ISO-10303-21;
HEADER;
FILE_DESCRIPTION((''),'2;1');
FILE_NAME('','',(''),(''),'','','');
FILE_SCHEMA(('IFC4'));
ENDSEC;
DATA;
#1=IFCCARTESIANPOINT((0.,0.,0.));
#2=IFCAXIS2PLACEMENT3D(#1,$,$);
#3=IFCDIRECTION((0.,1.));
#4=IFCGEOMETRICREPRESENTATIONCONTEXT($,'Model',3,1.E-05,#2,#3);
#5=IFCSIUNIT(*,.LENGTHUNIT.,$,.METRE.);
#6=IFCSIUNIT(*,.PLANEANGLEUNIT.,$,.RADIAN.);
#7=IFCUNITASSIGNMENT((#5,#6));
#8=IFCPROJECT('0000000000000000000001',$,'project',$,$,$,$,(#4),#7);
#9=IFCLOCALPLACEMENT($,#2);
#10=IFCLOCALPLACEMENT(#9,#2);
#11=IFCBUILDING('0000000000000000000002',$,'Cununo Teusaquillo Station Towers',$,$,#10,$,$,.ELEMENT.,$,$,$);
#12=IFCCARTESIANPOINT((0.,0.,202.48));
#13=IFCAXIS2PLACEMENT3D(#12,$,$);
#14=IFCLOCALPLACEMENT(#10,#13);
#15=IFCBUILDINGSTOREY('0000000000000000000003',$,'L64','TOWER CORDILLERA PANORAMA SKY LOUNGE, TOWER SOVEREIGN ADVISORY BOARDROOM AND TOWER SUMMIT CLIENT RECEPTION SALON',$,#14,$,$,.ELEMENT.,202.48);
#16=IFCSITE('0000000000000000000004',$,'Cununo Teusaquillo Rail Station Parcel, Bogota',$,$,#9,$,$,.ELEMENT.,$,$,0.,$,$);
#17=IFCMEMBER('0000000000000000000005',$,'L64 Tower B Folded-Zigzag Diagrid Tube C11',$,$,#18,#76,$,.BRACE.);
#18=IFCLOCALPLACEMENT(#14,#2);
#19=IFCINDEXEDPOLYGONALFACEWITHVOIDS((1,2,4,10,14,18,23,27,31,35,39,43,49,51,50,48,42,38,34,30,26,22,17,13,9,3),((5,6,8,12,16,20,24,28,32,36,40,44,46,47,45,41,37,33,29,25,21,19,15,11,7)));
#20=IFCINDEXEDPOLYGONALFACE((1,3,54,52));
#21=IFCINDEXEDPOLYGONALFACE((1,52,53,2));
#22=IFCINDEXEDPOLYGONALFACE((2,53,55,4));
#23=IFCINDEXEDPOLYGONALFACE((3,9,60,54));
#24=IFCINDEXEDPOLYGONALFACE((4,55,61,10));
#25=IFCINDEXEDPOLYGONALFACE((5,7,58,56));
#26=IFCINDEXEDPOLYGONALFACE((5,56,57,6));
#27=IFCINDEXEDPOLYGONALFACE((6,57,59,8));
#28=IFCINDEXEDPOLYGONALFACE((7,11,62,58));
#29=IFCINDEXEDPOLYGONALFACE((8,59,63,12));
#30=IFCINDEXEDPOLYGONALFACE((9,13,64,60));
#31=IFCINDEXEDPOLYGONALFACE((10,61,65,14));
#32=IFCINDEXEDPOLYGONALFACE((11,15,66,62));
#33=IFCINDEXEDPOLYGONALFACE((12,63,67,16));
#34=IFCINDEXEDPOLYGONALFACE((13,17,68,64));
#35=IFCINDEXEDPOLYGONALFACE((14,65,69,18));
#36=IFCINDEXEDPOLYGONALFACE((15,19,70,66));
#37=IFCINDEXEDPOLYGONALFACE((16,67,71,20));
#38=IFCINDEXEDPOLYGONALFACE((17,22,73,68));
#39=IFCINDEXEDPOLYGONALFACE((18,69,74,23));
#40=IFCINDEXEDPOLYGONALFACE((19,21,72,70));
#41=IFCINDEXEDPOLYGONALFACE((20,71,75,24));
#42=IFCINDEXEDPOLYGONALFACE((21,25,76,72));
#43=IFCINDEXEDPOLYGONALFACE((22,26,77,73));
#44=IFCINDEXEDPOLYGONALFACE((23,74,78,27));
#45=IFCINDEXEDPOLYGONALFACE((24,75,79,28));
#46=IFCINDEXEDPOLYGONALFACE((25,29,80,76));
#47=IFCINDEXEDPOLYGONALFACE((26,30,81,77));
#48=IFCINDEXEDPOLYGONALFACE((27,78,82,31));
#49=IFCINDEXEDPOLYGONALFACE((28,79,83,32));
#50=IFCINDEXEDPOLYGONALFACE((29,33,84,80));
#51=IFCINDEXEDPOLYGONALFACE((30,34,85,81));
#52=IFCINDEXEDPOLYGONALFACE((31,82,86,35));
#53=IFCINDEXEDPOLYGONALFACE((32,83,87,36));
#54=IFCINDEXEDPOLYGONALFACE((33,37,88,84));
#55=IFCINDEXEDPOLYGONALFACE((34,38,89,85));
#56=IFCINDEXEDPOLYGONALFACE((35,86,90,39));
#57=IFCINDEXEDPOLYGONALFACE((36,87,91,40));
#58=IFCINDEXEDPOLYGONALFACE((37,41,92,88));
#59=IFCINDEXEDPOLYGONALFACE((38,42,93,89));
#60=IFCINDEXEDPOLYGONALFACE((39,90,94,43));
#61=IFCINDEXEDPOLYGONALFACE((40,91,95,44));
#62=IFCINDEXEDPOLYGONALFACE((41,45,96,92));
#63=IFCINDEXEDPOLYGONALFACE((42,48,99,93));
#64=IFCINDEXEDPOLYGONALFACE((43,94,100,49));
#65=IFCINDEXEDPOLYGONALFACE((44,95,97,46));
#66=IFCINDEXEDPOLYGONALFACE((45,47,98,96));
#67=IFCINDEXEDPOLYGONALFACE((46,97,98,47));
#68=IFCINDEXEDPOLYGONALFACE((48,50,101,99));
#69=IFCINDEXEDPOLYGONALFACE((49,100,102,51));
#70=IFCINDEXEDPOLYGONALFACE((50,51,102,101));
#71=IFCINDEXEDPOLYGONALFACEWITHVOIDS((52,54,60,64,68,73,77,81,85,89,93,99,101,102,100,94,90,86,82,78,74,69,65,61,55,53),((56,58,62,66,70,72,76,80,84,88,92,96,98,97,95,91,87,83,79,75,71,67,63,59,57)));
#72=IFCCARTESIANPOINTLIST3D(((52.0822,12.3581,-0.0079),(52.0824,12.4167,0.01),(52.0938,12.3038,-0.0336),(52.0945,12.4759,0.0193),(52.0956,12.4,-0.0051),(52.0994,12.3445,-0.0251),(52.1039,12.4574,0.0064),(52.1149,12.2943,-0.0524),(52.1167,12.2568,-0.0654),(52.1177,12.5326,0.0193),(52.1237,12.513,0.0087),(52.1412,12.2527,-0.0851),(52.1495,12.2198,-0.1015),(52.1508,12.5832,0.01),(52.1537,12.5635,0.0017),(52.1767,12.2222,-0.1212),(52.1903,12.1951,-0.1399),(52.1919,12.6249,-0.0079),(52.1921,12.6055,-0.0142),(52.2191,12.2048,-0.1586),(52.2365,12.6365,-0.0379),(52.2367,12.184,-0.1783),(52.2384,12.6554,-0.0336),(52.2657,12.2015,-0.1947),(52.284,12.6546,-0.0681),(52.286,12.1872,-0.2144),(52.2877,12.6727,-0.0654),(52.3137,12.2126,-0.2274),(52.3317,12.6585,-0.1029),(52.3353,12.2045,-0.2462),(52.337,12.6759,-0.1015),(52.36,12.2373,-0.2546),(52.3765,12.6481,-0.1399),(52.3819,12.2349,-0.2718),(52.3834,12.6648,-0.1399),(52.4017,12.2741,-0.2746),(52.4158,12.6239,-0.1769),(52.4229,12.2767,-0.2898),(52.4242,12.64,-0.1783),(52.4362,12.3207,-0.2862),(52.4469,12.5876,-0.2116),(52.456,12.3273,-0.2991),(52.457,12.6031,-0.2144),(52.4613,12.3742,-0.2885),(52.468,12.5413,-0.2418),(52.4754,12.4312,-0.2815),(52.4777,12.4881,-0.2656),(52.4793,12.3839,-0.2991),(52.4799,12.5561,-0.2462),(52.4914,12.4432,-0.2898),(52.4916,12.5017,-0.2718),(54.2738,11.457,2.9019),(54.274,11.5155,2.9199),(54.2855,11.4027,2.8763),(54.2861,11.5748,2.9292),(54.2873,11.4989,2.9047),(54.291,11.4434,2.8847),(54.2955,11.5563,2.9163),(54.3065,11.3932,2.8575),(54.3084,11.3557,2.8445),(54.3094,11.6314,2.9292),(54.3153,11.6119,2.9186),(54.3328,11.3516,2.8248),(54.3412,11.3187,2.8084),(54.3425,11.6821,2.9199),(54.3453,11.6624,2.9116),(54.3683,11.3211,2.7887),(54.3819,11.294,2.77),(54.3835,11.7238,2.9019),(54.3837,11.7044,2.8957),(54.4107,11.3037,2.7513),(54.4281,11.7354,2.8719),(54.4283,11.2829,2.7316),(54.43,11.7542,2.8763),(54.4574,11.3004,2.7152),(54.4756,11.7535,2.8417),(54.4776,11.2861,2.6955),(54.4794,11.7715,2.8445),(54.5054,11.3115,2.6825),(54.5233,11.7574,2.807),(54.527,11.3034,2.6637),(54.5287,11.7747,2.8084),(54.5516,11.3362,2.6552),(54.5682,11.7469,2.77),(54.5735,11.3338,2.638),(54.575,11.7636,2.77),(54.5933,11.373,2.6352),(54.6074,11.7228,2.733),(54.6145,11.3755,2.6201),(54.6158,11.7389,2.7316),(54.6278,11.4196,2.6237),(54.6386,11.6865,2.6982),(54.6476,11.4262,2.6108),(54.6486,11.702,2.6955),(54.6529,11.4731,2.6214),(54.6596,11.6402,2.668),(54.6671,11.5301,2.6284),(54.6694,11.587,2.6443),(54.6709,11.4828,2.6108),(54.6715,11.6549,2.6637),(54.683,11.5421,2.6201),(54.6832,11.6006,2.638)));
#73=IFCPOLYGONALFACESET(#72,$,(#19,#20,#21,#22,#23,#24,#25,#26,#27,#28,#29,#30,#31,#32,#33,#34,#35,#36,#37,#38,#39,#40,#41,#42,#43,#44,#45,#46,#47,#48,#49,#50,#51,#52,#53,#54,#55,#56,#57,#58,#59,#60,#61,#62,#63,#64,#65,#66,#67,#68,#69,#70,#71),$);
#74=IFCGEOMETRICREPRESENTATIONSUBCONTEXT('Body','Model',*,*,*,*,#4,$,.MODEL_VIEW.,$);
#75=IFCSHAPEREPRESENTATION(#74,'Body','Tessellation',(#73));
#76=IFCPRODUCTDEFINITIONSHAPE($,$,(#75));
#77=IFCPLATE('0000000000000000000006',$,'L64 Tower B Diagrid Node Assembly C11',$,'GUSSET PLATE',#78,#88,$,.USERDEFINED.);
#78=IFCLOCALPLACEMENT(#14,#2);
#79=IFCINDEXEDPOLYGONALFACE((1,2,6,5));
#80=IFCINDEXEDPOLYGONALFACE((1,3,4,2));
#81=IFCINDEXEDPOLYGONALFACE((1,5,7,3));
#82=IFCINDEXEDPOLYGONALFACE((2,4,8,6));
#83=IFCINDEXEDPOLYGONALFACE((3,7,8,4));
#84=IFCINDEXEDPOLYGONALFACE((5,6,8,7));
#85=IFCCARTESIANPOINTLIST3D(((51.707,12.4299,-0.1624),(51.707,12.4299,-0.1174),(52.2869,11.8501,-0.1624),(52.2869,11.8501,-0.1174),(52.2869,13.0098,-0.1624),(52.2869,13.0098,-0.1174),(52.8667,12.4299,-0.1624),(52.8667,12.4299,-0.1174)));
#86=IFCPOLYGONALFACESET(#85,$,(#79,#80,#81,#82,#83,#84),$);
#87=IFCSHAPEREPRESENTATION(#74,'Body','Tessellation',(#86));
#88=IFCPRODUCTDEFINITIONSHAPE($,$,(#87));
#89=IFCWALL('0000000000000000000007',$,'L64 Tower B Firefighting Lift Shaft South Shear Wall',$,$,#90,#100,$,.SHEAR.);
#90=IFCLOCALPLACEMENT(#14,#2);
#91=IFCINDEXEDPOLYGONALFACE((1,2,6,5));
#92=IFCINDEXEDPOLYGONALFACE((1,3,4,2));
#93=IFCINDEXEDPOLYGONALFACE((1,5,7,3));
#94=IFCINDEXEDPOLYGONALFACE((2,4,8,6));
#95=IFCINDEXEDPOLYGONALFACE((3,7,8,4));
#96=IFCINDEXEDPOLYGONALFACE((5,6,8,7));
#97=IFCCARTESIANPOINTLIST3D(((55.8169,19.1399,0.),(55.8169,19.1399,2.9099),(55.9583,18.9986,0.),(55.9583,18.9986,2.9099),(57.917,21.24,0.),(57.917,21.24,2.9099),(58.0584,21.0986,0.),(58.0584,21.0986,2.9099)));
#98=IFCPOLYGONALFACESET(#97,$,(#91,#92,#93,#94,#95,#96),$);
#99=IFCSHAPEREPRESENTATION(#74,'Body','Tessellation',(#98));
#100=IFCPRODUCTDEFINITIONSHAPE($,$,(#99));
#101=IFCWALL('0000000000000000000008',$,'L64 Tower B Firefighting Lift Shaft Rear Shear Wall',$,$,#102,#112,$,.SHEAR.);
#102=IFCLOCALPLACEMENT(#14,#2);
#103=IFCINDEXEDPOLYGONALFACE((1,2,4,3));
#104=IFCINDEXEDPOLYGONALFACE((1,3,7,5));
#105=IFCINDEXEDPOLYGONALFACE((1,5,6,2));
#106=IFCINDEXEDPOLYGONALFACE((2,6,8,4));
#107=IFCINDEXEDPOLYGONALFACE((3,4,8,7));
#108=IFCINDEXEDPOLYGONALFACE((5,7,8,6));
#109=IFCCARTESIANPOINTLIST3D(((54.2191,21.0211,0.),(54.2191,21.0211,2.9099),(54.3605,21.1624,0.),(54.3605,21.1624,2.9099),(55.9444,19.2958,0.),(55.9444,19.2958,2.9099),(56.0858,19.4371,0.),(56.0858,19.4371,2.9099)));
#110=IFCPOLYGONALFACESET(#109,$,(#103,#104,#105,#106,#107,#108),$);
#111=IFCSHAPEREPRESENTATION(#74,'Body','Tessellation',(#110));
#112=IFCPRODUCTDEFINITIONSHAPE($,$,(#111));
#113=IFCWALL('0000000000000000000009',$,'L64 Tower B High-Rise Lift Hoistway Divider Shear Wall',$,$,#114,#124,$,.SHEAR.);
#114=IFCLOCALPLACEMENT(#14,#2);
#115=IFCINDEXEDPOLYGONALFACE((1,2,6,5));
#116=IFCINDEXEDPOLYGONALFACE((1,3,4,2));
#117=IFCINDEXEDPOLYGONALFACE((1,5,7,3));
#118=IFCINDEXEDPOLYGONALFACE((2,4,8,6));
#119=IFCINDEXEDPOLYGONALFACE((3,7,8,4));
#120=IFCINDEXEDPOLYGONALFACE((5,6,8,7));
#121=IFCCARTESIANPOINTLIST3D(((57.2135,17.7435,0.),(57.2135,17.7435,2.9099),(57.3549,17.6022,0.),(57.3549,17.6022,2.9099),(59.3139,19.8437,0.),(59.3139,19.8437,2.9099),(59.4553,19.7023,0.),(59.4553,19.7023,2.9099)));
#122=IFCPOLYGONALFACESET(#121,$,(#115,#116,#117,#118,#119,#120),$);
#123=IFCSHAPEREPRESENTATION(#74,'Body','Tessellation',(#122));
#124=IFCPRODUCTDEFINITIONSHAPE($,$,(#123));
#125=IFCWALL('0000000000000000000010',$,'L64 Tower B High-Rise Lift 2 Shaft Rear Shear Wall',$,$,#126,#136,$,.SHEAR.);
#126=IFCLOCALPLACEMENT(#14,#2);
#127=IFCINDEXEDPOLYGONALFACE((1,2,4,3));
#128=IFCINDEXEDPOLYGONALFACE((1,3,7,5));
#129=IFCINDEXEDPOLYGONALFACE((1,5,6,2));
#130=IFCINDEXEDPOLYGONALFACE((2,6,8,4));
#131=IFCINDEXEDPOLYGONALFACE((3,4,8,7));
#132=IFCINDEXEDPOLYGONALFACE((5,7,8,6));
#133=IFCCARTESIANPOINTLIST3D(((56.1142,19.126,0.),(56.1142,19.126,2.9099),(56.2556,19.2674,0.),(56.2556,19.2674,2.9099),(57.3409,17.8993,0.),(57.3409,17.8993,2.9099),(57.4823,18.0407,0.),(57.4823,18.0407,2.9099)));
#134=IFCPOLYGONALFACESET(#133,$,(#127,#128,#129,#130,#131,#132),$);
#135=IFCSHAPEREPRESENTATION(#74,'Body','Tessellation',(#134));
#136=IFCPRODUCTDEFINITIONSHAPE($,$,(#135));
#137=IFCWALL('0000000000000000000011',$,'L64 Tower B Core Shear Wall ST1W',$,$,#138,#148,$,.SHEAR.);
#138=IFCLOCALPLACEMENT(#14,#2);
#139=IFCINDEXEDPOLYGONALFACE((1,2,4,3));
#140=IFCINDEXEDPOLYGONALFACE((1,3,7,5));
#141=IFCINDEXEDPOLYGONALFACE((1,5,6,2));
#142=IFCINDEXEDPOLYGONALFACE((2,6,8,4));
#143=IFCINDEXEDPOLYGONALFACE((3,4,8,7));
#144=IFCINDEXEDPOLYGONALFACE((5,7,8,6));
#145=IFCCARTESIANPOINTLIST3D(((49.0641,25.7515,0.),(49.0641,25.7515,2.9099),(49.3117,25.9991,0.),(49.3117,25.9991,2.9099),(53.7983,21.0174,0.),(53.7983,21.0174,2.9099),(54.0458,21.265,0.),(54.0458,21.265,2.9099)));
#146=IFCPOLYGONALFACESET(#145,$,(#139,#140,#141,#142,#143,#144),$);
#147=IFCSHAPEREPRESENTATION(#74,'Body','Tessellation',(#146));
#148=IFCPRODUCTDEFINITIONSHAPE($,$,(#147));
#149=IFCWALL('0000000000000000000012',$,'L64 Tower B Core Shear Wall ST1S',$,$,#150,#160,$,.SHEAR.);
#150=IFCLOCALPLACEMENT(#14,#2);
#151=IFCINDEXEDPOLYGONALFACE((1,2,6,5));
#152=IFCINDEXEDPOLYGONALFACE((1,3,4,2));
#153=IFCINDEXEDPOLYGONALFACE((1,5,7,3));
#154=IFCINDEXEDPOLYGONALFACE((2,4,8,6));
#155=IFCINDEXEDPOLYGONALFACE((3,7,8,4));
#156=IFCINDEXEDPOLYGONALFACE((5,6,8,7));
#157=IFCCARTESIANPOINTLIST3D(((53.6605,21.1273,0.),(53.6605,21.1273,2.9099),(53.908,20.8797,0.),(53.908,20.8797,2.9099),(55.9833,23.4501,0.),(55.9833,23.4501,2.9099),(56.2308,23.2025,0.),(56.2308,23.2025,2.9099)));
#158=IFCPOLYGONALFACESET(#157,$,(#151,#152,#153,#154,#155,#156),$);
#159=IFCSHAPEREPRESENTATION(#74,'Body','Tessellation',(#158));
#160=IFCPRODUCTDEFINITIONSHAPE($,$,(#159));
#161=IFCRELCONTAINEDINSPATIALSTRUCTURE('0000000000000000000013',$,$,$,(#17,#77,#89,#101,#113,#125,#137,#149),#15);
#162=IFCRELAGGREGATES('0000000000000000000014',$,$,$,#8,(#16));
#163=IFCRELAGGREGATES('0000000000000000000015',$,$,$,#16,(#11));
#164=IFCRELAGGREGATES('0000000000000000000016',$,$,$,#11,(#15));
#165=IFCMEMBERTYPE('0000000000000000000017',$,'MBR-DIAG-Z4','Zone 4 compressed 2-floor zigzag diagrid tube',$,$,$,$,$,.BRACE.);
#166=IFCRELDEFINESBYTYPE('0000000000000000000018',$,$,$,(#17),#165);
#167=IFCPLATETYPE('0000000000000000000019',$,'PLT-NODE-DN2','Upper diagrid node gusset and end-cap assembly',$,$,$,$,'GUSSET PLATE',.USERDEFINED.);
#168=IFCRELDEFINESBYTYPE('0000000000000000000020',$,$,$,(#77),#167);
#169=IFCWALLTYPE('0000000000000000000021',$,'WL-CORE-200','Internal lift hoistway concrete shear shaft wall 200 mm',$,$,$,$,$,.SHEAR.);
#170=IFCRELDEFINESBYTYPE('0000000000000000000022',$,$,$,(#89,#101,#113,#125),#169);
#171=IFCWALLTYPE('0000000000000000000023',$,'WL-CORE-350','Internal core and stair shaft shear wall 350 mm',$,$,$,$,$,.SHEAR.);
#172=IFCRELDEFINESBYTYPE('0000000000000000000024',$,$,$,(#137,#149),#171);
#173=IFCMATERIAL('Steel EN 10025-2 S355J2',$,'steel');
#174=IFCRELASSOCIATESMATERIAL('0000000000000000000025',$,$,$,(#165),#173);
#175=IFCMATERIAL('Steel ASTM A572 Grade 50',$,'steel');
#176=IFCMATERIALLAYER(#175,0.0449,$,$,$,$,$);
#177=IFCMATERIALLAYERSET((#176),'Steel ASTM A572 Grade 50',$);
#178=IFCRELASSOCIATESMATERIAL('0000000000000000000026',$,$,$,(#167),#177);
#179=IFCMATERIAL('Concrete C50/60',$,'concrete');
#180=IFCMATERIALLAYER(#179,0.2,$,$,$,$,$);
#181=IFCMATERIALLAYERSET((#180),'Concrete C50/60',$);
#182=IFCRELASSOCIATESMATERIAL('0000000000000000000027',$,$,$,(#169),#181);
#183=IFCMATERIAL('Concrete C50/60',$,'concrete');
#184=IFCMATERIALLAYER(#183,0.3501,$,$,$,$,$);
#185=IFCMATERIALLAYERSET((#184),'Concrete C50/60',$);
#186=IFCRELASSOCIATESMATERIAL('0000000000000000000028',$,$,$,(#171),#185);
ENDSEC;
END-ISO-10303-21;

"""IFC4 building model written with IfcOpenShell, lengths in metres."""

from ifc_helpers import new_model, si_unit, direction, frame, frame_2d, origin, origin_2d, place, context, subcontext, project, spatial, rectangle, hollow_circle, extrude, source, transform, mapped, material, layer, layer_set, material_profile, profile_set, type_object, element, save


model = new_model("IFC4")

# Units and contexts
model_context = context("Model", 3, precision=1e-05, world=origin(), true_north=direction((0.0, 1.0)))
body_context = subcontext(model_context, "Body", "Model", "MODEL_VIEW")
ifc_project = project(units=[si_unit("LENGTHUNIT", "METRE"), si_unit("PLANEANGLEUNIT", "RADIAN")], contexts=[model_context])

# Site, building, storey
site_placement = place(None, origin())
site = spatial("IfcSite", under=ifc_project, at=site_placement, Name="Cununo Teusaquillo Rail Station Parcel, Bogota", CompositionType="ELEMENT", RefElevation=0.0)
building_placement = place(site_placement, origin())
building = spatial("IfcBuilding", under=site, at=building_placement, Name="Cununo Teusaquillo Station Towers", CompositionType="ELEMENT")
storey_placement = place(building_placement, frame((0.0, 0.0, 202.48)))
storey = spatial("IfcBuildingStorey", under=building, at=storey_placement, Name="L64", Description="TOWER CORDILLERA PANORAMA SKY LOUNGE, TOWER SOVEREIGN ADVISORY BOARDROOM AND TOWER SUMMIT CLIENT RECEPTION SALON", CompositionType="ELEMENT", Elevation=202.48)

# Member
ifc_material_1 = material(Name="Steel EN 10025-2 S355J2", Category="steel")
ifc_material_profile_1 = material_profile(ifc_material_1, hollow_circle(Radius=0.2539, WallThickness=0.0181, at=origin_2d()), Name="CHS 508x18")
ifc_profile_set_1 = profile_set([ifc_material_profile_1], Name="Steel EN 10025-2 S355J2")
member_type = type_object("IfcMemberType", Name="MBR-DIAG-Z4", Description="Zone 4 compressed 2-floor zigzag diagrid tube", PredefinedType="BRACE", material=ifc_profile_set_1)
member_placement = place(storey_placement, frame((52.2869, 12.4299, -0.1399), z_axis=(0.584016, -0.240125, 0.775413), x_axis=(0.380273, 0.924874, 0.0)))
element("IfcMember", 1, at=member_placement, inside=storey, type_object=member_type, Name="L64 Tower B Folded-Zigzag Diagrid Tube C11", PredefinedType="BRACE", context=body_context, shape_type="SweptSolid", body=[
    extrude(hollow_circle(Radius=0.2539, WallThickness=0.0181, at=origin_2d()), origin(), (0.0, 0.0, 1.0), 3.7527),
])

# Plate
ifc_material_2 = material(Name="Steel ASTM A572 Grade 50", Category="steel")
ifc_layer_1 = layer(ifc_material_2, 0.0449)
ifc_layer_set_1 = layer_set([ifc_layer_1], Name="Steel ASTM A572 Grade 50")
plate_type = type_object("IfcPlateType", Name="PLT-NODE-DN2", Description="Upper diagrid node gusset and end-cap assembly", ElementType="GUSSET PLATE", PredefinedType="USERDEFINED", material=ifc_layer_set_1)
shared_shape_1 = source(origin(), body_context, "Body", "SweptSolid", [
    extrude(rectangle(XDim=0.8201, YDim=0.8201, at=origin_2d()), origin(), (0.0, 0.0, 1.0), 0.0449),
])
plate_placement = place(storey_placement, frame((52.2869, 12.4299, -0.1624), z_axis=(0.0, 0.0, 1.0), x_axis=(0.707107, 0.707107, 0.0)))
element("IfcPlate", 2, at=plate_placement, inside=storey, type_object=plate_type, Name="L64 Tower B Diagrid Node Assembly C11", ObjectType="GUSSET PLATE", PredefinedType="USERDEFINED", context=body_context, shape_type="MappedRepresentation", body=[
    mapped(shared_shape_1, transform((0.0, 0.0, 0.0), x_axis=(1.0, 0.0, 0.0), y_axis=(0.0, 1.0, 0.0), z_axis=(0.0, 0.0, 1.0), scale=1.0)),
])

# Walls
ifc_material_3 = material(Name="Concrete C50/60", Category="concrete")
ifc_layer_2 = layer(ifc_material_3, 0.2)
ifc_layer_set_2 = layer_set([ifc_layer_2], Name="Concrete C50/60")
wall_type_1 = type_object("IfcWallType", Name="WL-CORE-200", Description="Internal lift hoistway concrete shear shaft wall 200 mm", PredefinedType="SHEAR", material=ifc_layer_set_2)
wall_1_placement = place(storey_placement, frame((55.8877, 19.0693, 0.0), z_axis=(0.0, 0.0, 1.0), x_axis=(0.707107, 0.707107, 0.0)))
element("IfcWall", 3, at=wall_1_placement, inside=storey, type_object=wall_type_1, Name="L64 Tower B Firefighting Lift Shaft South Shear Wall", PredefinedType="SHEAR", context=body_context, shape_type="SweptSolid", body=[
    extrude(rectangle(XDim=2.97, YDim=0.2, at=frame_2d((1.4849, 0.0))), origin(), (0.0, 0.0, 1.0), 2.9099),
])
wall_2_placement = place(storey_placement, frame((56.0151, 19.3665, 0.0), z_axis=(0.0, 0.0, 1.0), x_axis=(-0.707107, 0.707107, 0.0)))
element("IfcWall", 4, at=wall_2_placement, inside=storey, type_object=wall_type_1, Name="L64 Tower B Firefighting Lift Shaft Rear Shear Wall", PredefinedType="SHEAR", context=body_context, shape_type="SweptSolid", body=[
    extrude(rectangle(XDim=2.4399, YDim=0.2, at=frame_2d((1.22, 0.0))), origin(), (0.0, 0.0, 1.0), 2.9099),
])
wall_3_placement = place(storey_placement, frame((57.2842, 17.6729, 0.0), z_axis=(0.0, 0.0, 1.0), x_axis=(0.707148, 0.707066, 0.0)))
element("IfcWall", 5, at=wall_3_placement, inside=storey, type_object=wall_type_1, Name="L64 Tower B High-Rise Lift Hoistway Divider Shear Wall", PredefinedType="SHEAR", context=body_context, shape_type="SweptSolid", body=[
    extrude(rectangle(XDim=2.9702, YDim=0.2, at=frame_2d((1.4851, 0.0))), origin(), (0.0, 0.0, 1.0), 2.9099),
])
wall_4_placement = place(storey_placement, frame((57.4116, 17.97, 0.0), z_axis=(0.0, 0.0, 1.0), x_axis=(-0.707107, 0.707107, 0.0)))
element("IfcWall", 6, at=wall_4_placement, inside=storey, type_object=wall_type_1, Name="L64 Tower B High-Rise Lift 2 Shaft Rear Shear Wall", PredefinedType="SHEAR", context=body_context, shape_type="SweptSolid", body=[
    extrude(rectangle(XDim=1.7349, YDim=0.2, at=frame_2d((0.8674, 0.0))), origin(), (0.0, 0.0, 1.0), 2.9099),
])
ifc_material_4 = material(Name="Concrete C50/60", Category="concrete")
ifc_layer_3 = layer(ifc_material_4, 0.3501)
ifc_layer_set_3 = layer_set([ifc_layer_3], Name="Concrete C50/60")
wall_type_2 = type_object("IfcWallType", Name="WL-CORE-350", Description="Internal core and stair shaft shear wall 350 mm", PredefinedType="SHEAR", material=ifc_layer_set_3)
wall_5_placement = place(storey_placement, frame((53.9221, 21.1411, 0.0), z_axis=(0.0, 0.0, 1.0), x_axis=(-0.707107, 0.707107, 0.0)))
element("IfcWall", 7, at=wall_5_placement, inside=storey, type_object=wall_type_2, Name="L64 Tower B Core Shear Wall ST1W", PredefinedType="SHEAR", context=body_context, shape_type="SweptSolid", body=[
    extrude(rectangle(XDim=6.6951, YDim=0.3501, at=frame_2d((3.3477, 0.0))), origin(), (0.0, 0.0, 1.0), 2.9099),
])
wall_6_placement = place(storey_placement, frame((53.7842, 21.0034, 0.0), z_axis=(0.0, 0.0, 1.0), x_axis=(0.707107, 0.707107, 0.0)))
element("IfcWall", 8, at=wall_6_placement, inside=storey, type_object=wall_type_2, Name="L64 Tower B Core Shear Wall ST1S", PredefinedType="SHEAR", context=body_context, shape_type="SweptSolid", body=[
    extrude(rectangle(XDim=3.2849, YDim=0.3501, at=frame_2d((1.6426, 0.0))), origin(), (0.0, 0.0, 1.0), 2.9099),
])

save(model, "model.ifc")
